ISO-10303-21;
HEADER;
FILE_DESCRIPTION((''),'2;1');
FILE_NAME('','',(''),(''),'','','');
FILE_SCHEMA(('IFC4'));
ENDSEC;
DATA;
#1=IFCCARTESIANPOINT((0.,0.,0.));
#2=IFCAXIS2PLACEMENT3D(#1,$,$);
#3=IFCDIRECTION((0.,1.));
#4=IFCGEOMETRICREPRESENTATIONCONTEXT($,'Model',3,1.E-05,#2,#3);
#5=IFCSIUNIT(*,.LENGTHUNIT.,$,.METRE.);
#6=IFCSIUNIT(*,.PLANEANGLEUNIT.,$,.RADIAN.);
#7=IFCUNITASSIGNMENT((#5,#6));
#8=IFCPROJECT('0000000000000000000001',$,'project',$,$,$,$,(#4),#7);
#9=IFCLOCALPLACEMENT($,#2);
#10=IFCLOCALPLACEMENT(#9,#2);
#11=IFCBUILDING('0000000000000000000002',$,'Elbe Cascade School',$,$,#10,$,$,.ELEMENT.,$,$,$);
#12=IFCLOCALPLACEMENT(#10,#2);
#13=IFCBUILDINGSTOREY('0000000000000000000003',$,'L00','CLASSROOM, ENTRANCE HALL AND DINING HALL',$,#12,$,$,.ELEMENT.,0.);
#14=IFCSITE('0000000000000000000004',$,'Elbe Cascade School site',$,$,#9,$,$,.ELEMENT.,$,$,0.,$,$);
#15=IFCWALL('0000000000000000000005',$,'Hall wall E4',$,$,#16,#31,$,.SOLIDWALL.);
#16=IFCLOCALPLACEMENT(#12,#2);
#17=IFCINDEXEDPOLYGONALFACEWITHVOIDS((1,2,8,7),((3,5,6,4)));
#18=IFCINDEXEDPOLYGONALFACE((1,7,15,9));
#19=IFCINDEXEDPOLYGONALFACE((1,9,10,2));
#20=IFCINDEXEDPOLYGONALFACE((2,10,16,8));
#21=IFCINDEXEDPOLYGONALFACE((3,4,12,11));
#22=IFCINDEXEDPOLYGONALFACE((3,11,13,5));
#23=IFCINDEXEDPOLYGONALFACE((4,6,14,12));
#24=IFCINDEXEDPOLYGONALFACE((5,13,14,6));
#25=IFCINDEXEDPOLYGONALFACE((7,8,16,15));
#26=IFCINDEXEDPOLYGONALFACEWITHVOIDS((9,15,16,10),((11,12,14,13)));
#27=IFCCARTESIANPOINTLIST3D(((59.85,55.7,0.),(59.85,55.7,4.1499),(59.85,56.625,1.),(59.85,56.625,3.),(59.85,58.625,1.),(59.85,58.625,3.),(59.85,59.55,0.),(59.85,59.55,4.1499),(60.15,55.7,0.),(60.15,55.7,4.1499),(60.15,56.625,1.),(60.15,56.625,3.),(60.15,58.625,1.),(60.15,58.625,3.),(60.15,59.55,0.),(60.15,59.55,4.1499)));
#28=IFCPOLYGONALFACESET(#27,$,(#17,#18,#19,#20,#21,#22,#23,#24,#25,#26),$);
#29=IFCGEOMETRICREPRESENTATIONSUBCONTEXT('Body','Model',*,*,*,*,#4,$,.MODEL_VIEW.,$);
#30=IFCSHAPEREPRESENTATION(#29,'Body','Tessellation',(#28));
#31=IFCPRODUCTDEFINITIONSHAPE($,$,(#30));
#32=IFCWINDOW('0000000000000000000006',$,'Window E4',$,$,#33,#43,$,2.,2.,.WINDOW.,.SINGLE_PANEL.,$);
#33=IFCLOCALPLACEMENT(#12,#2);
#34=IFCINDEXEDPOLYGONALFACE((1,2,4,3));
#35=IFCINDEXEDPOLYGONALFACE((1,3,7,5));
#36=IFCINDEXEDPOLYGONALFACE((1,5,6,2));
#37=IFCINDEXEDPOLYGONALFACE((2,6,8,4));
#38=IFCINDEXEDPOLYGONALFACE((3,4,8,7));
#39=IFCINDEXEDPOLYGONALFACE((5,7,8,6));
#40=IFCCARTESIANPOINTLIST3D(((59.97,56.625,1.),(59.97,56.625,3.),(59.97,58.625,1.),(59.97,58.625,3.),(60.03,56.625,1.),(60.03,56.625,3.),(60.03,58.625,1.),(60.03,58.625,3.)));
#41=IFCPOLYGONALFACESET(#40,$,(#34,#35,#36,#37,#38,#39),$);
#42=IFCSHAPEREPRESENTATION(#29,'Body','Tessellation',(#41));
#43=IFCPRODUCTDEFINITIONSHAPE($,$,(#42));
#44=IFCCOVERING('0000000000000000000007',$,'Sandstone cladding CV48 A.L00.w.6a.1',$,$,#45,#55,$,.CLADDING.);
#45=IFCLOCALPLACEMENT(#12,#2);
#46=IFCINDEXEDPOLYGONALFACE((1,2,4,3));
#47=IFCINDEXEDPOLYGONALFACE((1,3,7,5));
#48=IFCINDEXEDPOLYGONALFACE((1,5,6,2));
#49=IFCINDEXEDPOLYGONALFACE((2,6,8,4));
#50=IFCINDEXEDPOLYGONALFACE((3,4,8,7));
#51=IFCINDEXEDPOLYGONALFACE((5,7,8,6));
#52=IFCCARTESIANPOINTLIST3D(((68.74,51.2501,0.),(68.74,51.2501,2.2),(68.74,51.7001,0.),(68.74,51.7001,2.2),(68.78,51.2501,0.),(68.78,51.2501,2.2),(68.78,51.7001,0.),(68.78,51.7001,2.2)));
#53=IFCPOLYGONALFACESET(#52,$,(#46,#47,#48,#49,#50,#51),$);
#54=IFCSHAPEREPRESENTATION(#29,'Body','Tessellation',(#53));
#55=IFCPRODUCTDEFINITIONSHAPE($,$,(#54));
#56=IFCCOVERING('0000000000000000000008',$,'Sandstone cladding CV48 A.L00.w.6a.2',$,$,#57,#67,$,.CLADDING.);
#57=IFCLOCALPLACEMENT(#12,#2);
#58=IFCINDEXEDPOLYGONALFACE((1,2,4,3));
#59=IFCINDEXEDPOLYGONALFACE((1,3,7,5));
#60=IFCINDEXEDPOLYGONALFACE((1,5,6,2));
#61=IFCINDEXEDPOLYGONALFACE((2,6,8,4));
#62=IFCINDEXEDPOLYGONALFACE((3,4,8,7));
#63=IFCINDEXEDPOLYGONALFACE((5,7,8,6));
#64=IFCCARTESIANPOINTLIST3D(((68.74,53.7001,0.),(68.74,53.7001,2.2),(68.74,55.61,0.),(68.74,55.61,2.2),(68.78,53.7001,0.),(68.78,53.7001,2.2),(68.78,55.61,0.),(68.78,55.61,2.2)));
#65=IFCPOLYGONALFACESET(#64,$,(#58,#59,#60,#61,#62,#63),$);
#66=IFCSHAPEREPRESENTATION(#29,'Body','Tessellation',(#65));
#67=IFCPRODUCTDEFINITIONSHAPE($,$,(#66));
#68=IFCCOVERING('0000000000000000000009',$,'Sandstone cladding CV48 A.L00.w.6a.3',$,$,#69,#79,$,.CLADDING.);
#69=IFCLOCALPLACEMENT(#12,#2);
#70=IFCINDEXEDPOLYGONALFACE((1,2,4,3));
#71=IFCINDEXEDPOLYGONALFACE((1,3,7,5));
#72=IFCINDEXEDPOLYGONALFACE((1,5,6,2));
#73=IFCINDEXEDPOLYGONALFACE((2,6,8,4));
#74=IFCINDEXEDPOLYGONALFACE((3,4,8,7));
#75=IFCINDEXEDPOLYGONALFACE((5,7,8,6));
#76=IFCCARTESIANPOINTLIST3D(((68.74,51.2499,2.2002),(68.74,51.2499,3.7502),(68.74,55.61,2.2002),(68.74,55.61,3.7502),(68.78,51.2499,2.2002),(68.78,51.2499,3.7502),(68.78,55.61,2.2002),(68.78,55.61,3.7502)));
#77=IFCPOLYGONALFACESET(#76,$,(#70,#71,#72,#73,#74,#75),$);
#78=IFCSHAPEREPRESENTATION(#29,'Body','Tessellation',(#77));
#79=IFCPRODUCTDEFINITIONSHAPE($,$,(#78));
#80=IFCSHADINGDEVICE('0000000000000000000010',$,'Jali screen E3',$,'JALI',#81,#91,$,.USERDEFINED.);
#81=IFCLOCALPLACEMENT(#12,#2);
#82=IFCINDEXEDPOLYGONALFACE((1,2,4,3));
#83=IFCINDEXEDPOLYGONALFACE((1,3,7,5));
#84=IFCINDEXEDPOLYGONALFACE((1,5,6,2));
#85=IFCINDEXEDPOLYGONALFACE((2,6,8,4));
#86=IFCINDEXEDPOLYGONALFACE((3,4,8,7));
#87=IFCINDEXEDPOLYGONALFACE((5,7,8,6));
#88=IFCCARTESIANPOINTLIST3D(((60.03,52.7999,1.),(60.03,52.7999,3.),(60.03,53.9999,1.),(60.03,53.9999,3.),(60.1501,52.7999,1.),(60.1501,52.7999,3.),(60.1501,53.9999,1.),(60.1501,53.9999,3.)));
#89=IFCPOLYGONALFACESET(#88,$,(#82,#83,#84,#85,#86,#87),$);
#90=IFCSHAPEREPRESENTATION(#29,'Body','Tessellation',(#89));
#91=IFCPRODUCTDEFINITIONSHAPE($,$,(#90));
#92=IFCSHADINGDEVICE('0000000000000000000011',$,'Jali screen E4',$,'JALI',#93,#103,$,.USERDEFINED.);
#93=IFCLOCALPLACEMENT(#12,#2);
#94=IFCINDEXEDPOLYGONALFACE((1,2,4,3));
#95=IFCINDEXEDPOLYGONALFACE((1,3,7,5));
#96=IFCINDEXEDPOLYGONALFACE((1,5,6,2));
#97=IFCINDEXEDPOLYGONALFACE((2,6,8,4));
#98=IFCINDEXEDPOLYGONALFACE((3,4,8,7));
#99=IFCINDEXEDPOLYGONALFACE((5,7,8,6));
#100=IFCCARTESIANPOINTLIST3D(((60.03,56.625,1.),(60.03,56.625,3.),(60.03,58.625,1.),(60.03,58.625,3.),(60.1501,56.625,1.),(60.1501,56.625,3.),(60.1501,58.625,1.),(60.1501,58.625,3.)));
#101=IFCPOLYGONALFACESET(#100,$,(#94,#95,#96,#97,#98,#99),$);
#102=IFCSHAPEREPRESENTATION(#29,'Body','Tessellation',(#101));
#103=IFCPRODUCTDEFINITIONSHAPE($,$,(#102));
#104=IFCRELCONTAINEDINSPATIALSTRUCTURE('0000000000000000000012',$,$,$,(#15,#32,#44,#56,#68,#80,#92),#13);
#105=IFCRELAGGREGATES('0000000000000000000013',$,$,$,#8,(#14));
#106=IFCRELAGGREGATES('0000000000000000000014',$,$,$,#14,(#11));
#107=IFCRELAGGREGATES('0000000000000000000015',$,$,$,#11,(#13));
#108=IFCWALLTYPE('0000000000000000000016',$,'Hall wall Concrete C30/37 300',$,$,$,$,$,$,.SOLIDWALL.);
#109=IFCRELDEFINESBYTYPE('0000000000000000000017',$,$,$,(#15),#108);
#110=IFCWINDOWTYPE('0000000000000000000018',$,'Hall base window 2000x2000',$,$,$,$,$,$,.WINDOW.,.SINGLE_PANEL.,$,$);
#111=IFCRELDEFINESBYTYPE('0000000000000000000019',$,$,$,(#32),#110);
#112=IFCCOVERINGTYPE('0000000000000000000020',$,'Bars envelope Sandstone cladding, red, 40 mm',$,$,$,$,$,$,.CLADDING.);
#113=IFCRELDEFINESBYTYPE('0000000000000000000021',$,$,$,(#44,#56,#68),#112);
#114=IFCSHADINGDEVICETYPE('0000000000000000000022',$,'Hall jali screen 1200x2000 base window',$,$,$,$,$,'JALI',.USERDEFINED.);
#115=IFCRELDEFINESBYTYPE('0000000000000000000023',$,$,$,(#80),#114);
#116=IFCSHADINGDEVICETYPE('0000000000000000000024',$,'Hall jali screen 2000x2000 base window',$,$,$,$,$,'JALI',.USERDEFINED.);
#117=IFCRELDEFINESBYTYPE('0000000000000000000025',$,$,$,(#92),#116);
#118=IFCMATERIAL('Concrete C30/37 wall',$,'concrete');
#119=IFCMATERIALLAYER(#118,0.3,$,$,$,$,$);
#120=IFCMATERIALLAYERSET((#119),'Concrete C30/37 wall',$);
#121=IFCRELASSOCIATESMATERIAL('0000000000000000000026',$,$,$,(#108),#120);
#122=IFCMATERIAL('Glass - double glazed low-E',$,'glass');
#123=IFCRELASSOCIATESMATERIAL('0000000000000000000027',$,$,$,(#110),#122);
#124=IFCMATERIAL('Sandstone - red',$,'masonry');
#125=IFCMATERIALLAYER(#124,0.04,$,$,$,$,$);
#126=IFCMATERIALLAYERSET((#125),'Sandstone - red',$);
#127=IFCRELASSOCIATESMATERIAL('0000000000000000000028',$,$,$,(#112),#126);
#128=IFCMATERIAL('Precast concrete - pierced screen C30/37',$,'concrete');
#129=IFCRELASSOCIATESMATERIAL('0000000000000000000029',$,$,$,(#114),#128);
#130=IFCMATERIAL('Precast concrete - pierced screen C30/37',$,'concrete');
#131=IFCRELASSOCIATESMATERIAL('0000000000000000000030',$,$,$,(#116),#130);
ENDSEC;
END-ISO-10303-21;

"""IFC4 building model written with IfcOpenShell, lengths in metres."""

from ifc_helpers import new_model, si_unit, direction, frame, frame_2d, origin, origin_2d, place, context, subcontext, project, spatial, rectangle, extrude, material, layer, layer_set, type_object, element, fill, save


model = new_model("IFC4")

# Units and contexts
model_context = context("Model", 3, precision=1e-05, world=origin(), true_north=direction((0.0, 1.0)))
body_context = subcontext(model_context, "Body", "Model", "MODEL_VIEW")
ifc_project = project(units=[si_unit("LENGTHUNIT", "METRE"), si_unit("PLANEANGLEUNIT", "RADIAN")], contexts=[model_context])

# Site, building, storey
site_placement = place(None, origin())
site = spatial("IfcSite", under=ifc_project, at=site_placement, Name="Elbe Cascade School site", CompositionType="ELEMENT", RefElevation=0.0)
building_placement = place(site_placement, origin())
building = spatial("IfcBuilding", under=site, at=building_placement, Name="Elbe Cascade School", CompositionType="ELEMENT")
storey_placement = place(building_placement, origin())
storey = spatial("IfcBuildingStorey", under=building, at=storey_placement, Name="L00", Description="CLASSROOM, ENTRANCE HALL AND DINING HALL", CompositionType="ELEMENT", Elevation=0.0)

# Wall, opening, window
ifc_material_1 = material(Name="Concrete C30/37 wall", Category="concrete")
ifc_layer_1 = layer(ifc_material_1, 0.3)
ifc_layer_set_1 = layer_set([ifc_layer_1], Name="Concrete C30/37 wall")
wall_type_1 = type_object("IfcWallType", Name="Hall wall Concrete C30/37 300", PredefinedType="SOLIDWALL", material=ifc_layer_set_1)
wall_1_placement = place(storey_placement, frame((60.0, 55.7, 0.0), z_axis=(0.0, 0.0, 1.0), x_axis=(0.0, 1.0, 0.0)))
wall_1 = element("IfcWall", 1, at=wall_1_placement, inside=storey, type_object=wall_type_1, Name="Hall wall E4", PredefinedType="SOLIDWALL", context=body_context, shape_type="SweptSolid", body=[
    extrude(rectangle(XDim=3.8501, YDim=0.3, at=frame_2d((1.925, 0.0))), origin(), (0.0, 0.0, 1.0), 4.1499),
])
opening_1_placement = place(wall_1_placement, frame((0.925, 0.0, 1.0)))
opening_1 = element("IfcOpeningElement", 2, at=opening_1_placement, cuts=wall_1, PredefinedType="OPENING", context=body_context, shape_type="SweptSolid", body=[
    extrude(rectangle(XDim=2.0, YDim=2.0, at=frame_2d((1.0, 1.0))), frame((0.0, 0.1599, 0.0), z_axis=(0.0, -1.0, 0.0), x_axis=(1.0, 0.0, 0.0)), (0.0, 0.0, 1.0), 0.3201),
])
ifc_material_2 = material(Name="Glass - double glazed low-E", Category="glass")
window_type = type_object("IfcWindowType", Name="Hall base window 2000x2000", PartitioningType="SINGLE_PANEL", PredefinedType="WINDOW", material=ifc_material_2)
window_placement = place(opening_1_placement, origin())
window = element("IfcWindow", 3, at=window_placement, inside=storey, type_object=window_type, Name="Window E4", OverallHeight=2.0, OverallWidth=2.0, PartitioningType="SINGLE_PANEL", PredefinedType="WINDOW", context=body_context, shape_type="SweptSolid", body=[
    extrude(rectangle(XDim=2.0, YDim=2.0, at=frame_2d((1.0, 1.0))), frame((0.0, 0.03, 0.0), z_axis=(0.0, -1.0, 0.0), x_axis=(1.0, 0.0, 0.0)), (0.0, 0.0, 1.0), 0.0601),
])
fill(opening_1, window)

# Coverings
ifc_material_3 = material(Name="Sandstone - red", Category="masonry")
ifc_layer_2 = layer(ifc_material_3, 0.04)
ifc_layer_set_2 = layer_set([ifc_layer_2], Name="Sandstone - red")
covering_type = type_object("IfcCoveringType", Name="Bars envelope Sandstone cladding, red, 40 mm", PredefinedType="CLADDING", material=ifc_layer_set_2)
covering_1_placement = place(storey_placement, frame((68.76, 51.4751, 0.0), z_axis=(0.0, 0.0, 1.0), x_axis=(0.0, 1.0, 0.0)))
element("IfcCovering", 4, at=covering_1_placement, inside=storey, type_object=covering_type, Name="Sandstone cladding CV48 A.L00.w.6a.1", PredefinedType="CLADDING", context=body_context, shape_type="SweptSolid", body=[
    extrude(rectangle(XDim=0.45, YDim=0.04, at=origin_2d()), origin(), (0.0, 0.0, 1.0), 2.2),
])
covering_2_placement = place(storey_placement, frame((68.76, 54.655, 0.0), z_axis=(0.0, 0.0, 1.0), x_axis=(0.0, 1.0, 0.0)))
element("IfcCovering", 5, at=covering_2_placement, inside=storey, type_object=covering_type, Name="Sandstone cladding CV48 A.L00.w.6a.2", PredefinedType="CLADDING", context=body_context, shape_type="SweptSolid", body=[
    extrude(rectangle(XDim=1.9099, YDim=0.04, at=origin_2d()), origin(), (0.0, 0.0, 1.0), 2.2),
])
covering_3_placement = place(storey_placement, frame((68.76, 53.4299, 2.2002), z_axis=(0.0, 0.0, 1.0), x_axis=(0.0, 1.0, 0.0)))
element("IfcCovering", 6, at=covering_3_placement, inside=storey, type_object=covering_type, Name="Sandstone cladding CV48 A.L00.w.6a.3", PredefinedType="CLADDING", context=body_context, shape_type="SweptSolid", body=[
    extrude(rectangle(XDim=4.3601, YDim=0.04, at=origin_2d()), origin(), (0.0, 0.0, 1.0), 1.55),
])

# Shading devices
ifc_material_4 = material(Name="Precast concrete - pierced screen C30/37", Category="concrete")
shading_device_type_1 = type_object("IfcShadingDeviceType", Name="Hall jali screen 1200x2000 base window", ElementType="JALI", PredefinedType="USERDEFINED", material=ifc_material_4)
shading_device_1_placement = place(storey_placement, frame((60.0901, 53.3999, 1.0), z_axis=(0.0, 0.0, 1.0), x_axis=(1.0, 0.0, 0.0)))
element("IfcShadingDevice", 7, at=shading_device_1_placement, inside=storey, type_object=shading_device_type_1, Name="Jali screen E3", ObjectType="JALI", PredefinedType="USERDEFINED", context=body_context, shape_type="SweptSolid", body=[
    extrude(rectangle(XDim=0.1201, YDim=1.2, at=origin_2d()), origin(), (0.0, 0.0, 1.0), 2.0),
])
ifc_material_5 = material(Name="Precast concrete - pierced screen C30/37", Category="concrete")
shading_device_type_2 = type_object("IfcShadingDeviceType", Name="Hall jali screen 2000x2000 base window", ElementType="JALI", PredefinedType="USERDEFINED", material=ifc_material_5)
shading_device_2_placement = place(storey_placement, frame((60.0901, 57.625, 1.0), z_axis=(0.0, 0.0, 1.0), x_axis=(1.0, 0.0, 0.0)))
element("IfcShadingDevice", 8, at=shading_device_2_placement, inside=storey, type_object=shading_device_type_2, Name="Jali screen E4", ObjectType="JALI", PredefinedType="USERDEFINED", context=body_context, shape_type="SweptSolid", body=[
    extrude(rectangle(XDim=0.1201, YDim=2.0, at=origin_2d()), origin(), (0.0, 0.0, 1.0), 2.0),
])

save(model, "model.ifc")
